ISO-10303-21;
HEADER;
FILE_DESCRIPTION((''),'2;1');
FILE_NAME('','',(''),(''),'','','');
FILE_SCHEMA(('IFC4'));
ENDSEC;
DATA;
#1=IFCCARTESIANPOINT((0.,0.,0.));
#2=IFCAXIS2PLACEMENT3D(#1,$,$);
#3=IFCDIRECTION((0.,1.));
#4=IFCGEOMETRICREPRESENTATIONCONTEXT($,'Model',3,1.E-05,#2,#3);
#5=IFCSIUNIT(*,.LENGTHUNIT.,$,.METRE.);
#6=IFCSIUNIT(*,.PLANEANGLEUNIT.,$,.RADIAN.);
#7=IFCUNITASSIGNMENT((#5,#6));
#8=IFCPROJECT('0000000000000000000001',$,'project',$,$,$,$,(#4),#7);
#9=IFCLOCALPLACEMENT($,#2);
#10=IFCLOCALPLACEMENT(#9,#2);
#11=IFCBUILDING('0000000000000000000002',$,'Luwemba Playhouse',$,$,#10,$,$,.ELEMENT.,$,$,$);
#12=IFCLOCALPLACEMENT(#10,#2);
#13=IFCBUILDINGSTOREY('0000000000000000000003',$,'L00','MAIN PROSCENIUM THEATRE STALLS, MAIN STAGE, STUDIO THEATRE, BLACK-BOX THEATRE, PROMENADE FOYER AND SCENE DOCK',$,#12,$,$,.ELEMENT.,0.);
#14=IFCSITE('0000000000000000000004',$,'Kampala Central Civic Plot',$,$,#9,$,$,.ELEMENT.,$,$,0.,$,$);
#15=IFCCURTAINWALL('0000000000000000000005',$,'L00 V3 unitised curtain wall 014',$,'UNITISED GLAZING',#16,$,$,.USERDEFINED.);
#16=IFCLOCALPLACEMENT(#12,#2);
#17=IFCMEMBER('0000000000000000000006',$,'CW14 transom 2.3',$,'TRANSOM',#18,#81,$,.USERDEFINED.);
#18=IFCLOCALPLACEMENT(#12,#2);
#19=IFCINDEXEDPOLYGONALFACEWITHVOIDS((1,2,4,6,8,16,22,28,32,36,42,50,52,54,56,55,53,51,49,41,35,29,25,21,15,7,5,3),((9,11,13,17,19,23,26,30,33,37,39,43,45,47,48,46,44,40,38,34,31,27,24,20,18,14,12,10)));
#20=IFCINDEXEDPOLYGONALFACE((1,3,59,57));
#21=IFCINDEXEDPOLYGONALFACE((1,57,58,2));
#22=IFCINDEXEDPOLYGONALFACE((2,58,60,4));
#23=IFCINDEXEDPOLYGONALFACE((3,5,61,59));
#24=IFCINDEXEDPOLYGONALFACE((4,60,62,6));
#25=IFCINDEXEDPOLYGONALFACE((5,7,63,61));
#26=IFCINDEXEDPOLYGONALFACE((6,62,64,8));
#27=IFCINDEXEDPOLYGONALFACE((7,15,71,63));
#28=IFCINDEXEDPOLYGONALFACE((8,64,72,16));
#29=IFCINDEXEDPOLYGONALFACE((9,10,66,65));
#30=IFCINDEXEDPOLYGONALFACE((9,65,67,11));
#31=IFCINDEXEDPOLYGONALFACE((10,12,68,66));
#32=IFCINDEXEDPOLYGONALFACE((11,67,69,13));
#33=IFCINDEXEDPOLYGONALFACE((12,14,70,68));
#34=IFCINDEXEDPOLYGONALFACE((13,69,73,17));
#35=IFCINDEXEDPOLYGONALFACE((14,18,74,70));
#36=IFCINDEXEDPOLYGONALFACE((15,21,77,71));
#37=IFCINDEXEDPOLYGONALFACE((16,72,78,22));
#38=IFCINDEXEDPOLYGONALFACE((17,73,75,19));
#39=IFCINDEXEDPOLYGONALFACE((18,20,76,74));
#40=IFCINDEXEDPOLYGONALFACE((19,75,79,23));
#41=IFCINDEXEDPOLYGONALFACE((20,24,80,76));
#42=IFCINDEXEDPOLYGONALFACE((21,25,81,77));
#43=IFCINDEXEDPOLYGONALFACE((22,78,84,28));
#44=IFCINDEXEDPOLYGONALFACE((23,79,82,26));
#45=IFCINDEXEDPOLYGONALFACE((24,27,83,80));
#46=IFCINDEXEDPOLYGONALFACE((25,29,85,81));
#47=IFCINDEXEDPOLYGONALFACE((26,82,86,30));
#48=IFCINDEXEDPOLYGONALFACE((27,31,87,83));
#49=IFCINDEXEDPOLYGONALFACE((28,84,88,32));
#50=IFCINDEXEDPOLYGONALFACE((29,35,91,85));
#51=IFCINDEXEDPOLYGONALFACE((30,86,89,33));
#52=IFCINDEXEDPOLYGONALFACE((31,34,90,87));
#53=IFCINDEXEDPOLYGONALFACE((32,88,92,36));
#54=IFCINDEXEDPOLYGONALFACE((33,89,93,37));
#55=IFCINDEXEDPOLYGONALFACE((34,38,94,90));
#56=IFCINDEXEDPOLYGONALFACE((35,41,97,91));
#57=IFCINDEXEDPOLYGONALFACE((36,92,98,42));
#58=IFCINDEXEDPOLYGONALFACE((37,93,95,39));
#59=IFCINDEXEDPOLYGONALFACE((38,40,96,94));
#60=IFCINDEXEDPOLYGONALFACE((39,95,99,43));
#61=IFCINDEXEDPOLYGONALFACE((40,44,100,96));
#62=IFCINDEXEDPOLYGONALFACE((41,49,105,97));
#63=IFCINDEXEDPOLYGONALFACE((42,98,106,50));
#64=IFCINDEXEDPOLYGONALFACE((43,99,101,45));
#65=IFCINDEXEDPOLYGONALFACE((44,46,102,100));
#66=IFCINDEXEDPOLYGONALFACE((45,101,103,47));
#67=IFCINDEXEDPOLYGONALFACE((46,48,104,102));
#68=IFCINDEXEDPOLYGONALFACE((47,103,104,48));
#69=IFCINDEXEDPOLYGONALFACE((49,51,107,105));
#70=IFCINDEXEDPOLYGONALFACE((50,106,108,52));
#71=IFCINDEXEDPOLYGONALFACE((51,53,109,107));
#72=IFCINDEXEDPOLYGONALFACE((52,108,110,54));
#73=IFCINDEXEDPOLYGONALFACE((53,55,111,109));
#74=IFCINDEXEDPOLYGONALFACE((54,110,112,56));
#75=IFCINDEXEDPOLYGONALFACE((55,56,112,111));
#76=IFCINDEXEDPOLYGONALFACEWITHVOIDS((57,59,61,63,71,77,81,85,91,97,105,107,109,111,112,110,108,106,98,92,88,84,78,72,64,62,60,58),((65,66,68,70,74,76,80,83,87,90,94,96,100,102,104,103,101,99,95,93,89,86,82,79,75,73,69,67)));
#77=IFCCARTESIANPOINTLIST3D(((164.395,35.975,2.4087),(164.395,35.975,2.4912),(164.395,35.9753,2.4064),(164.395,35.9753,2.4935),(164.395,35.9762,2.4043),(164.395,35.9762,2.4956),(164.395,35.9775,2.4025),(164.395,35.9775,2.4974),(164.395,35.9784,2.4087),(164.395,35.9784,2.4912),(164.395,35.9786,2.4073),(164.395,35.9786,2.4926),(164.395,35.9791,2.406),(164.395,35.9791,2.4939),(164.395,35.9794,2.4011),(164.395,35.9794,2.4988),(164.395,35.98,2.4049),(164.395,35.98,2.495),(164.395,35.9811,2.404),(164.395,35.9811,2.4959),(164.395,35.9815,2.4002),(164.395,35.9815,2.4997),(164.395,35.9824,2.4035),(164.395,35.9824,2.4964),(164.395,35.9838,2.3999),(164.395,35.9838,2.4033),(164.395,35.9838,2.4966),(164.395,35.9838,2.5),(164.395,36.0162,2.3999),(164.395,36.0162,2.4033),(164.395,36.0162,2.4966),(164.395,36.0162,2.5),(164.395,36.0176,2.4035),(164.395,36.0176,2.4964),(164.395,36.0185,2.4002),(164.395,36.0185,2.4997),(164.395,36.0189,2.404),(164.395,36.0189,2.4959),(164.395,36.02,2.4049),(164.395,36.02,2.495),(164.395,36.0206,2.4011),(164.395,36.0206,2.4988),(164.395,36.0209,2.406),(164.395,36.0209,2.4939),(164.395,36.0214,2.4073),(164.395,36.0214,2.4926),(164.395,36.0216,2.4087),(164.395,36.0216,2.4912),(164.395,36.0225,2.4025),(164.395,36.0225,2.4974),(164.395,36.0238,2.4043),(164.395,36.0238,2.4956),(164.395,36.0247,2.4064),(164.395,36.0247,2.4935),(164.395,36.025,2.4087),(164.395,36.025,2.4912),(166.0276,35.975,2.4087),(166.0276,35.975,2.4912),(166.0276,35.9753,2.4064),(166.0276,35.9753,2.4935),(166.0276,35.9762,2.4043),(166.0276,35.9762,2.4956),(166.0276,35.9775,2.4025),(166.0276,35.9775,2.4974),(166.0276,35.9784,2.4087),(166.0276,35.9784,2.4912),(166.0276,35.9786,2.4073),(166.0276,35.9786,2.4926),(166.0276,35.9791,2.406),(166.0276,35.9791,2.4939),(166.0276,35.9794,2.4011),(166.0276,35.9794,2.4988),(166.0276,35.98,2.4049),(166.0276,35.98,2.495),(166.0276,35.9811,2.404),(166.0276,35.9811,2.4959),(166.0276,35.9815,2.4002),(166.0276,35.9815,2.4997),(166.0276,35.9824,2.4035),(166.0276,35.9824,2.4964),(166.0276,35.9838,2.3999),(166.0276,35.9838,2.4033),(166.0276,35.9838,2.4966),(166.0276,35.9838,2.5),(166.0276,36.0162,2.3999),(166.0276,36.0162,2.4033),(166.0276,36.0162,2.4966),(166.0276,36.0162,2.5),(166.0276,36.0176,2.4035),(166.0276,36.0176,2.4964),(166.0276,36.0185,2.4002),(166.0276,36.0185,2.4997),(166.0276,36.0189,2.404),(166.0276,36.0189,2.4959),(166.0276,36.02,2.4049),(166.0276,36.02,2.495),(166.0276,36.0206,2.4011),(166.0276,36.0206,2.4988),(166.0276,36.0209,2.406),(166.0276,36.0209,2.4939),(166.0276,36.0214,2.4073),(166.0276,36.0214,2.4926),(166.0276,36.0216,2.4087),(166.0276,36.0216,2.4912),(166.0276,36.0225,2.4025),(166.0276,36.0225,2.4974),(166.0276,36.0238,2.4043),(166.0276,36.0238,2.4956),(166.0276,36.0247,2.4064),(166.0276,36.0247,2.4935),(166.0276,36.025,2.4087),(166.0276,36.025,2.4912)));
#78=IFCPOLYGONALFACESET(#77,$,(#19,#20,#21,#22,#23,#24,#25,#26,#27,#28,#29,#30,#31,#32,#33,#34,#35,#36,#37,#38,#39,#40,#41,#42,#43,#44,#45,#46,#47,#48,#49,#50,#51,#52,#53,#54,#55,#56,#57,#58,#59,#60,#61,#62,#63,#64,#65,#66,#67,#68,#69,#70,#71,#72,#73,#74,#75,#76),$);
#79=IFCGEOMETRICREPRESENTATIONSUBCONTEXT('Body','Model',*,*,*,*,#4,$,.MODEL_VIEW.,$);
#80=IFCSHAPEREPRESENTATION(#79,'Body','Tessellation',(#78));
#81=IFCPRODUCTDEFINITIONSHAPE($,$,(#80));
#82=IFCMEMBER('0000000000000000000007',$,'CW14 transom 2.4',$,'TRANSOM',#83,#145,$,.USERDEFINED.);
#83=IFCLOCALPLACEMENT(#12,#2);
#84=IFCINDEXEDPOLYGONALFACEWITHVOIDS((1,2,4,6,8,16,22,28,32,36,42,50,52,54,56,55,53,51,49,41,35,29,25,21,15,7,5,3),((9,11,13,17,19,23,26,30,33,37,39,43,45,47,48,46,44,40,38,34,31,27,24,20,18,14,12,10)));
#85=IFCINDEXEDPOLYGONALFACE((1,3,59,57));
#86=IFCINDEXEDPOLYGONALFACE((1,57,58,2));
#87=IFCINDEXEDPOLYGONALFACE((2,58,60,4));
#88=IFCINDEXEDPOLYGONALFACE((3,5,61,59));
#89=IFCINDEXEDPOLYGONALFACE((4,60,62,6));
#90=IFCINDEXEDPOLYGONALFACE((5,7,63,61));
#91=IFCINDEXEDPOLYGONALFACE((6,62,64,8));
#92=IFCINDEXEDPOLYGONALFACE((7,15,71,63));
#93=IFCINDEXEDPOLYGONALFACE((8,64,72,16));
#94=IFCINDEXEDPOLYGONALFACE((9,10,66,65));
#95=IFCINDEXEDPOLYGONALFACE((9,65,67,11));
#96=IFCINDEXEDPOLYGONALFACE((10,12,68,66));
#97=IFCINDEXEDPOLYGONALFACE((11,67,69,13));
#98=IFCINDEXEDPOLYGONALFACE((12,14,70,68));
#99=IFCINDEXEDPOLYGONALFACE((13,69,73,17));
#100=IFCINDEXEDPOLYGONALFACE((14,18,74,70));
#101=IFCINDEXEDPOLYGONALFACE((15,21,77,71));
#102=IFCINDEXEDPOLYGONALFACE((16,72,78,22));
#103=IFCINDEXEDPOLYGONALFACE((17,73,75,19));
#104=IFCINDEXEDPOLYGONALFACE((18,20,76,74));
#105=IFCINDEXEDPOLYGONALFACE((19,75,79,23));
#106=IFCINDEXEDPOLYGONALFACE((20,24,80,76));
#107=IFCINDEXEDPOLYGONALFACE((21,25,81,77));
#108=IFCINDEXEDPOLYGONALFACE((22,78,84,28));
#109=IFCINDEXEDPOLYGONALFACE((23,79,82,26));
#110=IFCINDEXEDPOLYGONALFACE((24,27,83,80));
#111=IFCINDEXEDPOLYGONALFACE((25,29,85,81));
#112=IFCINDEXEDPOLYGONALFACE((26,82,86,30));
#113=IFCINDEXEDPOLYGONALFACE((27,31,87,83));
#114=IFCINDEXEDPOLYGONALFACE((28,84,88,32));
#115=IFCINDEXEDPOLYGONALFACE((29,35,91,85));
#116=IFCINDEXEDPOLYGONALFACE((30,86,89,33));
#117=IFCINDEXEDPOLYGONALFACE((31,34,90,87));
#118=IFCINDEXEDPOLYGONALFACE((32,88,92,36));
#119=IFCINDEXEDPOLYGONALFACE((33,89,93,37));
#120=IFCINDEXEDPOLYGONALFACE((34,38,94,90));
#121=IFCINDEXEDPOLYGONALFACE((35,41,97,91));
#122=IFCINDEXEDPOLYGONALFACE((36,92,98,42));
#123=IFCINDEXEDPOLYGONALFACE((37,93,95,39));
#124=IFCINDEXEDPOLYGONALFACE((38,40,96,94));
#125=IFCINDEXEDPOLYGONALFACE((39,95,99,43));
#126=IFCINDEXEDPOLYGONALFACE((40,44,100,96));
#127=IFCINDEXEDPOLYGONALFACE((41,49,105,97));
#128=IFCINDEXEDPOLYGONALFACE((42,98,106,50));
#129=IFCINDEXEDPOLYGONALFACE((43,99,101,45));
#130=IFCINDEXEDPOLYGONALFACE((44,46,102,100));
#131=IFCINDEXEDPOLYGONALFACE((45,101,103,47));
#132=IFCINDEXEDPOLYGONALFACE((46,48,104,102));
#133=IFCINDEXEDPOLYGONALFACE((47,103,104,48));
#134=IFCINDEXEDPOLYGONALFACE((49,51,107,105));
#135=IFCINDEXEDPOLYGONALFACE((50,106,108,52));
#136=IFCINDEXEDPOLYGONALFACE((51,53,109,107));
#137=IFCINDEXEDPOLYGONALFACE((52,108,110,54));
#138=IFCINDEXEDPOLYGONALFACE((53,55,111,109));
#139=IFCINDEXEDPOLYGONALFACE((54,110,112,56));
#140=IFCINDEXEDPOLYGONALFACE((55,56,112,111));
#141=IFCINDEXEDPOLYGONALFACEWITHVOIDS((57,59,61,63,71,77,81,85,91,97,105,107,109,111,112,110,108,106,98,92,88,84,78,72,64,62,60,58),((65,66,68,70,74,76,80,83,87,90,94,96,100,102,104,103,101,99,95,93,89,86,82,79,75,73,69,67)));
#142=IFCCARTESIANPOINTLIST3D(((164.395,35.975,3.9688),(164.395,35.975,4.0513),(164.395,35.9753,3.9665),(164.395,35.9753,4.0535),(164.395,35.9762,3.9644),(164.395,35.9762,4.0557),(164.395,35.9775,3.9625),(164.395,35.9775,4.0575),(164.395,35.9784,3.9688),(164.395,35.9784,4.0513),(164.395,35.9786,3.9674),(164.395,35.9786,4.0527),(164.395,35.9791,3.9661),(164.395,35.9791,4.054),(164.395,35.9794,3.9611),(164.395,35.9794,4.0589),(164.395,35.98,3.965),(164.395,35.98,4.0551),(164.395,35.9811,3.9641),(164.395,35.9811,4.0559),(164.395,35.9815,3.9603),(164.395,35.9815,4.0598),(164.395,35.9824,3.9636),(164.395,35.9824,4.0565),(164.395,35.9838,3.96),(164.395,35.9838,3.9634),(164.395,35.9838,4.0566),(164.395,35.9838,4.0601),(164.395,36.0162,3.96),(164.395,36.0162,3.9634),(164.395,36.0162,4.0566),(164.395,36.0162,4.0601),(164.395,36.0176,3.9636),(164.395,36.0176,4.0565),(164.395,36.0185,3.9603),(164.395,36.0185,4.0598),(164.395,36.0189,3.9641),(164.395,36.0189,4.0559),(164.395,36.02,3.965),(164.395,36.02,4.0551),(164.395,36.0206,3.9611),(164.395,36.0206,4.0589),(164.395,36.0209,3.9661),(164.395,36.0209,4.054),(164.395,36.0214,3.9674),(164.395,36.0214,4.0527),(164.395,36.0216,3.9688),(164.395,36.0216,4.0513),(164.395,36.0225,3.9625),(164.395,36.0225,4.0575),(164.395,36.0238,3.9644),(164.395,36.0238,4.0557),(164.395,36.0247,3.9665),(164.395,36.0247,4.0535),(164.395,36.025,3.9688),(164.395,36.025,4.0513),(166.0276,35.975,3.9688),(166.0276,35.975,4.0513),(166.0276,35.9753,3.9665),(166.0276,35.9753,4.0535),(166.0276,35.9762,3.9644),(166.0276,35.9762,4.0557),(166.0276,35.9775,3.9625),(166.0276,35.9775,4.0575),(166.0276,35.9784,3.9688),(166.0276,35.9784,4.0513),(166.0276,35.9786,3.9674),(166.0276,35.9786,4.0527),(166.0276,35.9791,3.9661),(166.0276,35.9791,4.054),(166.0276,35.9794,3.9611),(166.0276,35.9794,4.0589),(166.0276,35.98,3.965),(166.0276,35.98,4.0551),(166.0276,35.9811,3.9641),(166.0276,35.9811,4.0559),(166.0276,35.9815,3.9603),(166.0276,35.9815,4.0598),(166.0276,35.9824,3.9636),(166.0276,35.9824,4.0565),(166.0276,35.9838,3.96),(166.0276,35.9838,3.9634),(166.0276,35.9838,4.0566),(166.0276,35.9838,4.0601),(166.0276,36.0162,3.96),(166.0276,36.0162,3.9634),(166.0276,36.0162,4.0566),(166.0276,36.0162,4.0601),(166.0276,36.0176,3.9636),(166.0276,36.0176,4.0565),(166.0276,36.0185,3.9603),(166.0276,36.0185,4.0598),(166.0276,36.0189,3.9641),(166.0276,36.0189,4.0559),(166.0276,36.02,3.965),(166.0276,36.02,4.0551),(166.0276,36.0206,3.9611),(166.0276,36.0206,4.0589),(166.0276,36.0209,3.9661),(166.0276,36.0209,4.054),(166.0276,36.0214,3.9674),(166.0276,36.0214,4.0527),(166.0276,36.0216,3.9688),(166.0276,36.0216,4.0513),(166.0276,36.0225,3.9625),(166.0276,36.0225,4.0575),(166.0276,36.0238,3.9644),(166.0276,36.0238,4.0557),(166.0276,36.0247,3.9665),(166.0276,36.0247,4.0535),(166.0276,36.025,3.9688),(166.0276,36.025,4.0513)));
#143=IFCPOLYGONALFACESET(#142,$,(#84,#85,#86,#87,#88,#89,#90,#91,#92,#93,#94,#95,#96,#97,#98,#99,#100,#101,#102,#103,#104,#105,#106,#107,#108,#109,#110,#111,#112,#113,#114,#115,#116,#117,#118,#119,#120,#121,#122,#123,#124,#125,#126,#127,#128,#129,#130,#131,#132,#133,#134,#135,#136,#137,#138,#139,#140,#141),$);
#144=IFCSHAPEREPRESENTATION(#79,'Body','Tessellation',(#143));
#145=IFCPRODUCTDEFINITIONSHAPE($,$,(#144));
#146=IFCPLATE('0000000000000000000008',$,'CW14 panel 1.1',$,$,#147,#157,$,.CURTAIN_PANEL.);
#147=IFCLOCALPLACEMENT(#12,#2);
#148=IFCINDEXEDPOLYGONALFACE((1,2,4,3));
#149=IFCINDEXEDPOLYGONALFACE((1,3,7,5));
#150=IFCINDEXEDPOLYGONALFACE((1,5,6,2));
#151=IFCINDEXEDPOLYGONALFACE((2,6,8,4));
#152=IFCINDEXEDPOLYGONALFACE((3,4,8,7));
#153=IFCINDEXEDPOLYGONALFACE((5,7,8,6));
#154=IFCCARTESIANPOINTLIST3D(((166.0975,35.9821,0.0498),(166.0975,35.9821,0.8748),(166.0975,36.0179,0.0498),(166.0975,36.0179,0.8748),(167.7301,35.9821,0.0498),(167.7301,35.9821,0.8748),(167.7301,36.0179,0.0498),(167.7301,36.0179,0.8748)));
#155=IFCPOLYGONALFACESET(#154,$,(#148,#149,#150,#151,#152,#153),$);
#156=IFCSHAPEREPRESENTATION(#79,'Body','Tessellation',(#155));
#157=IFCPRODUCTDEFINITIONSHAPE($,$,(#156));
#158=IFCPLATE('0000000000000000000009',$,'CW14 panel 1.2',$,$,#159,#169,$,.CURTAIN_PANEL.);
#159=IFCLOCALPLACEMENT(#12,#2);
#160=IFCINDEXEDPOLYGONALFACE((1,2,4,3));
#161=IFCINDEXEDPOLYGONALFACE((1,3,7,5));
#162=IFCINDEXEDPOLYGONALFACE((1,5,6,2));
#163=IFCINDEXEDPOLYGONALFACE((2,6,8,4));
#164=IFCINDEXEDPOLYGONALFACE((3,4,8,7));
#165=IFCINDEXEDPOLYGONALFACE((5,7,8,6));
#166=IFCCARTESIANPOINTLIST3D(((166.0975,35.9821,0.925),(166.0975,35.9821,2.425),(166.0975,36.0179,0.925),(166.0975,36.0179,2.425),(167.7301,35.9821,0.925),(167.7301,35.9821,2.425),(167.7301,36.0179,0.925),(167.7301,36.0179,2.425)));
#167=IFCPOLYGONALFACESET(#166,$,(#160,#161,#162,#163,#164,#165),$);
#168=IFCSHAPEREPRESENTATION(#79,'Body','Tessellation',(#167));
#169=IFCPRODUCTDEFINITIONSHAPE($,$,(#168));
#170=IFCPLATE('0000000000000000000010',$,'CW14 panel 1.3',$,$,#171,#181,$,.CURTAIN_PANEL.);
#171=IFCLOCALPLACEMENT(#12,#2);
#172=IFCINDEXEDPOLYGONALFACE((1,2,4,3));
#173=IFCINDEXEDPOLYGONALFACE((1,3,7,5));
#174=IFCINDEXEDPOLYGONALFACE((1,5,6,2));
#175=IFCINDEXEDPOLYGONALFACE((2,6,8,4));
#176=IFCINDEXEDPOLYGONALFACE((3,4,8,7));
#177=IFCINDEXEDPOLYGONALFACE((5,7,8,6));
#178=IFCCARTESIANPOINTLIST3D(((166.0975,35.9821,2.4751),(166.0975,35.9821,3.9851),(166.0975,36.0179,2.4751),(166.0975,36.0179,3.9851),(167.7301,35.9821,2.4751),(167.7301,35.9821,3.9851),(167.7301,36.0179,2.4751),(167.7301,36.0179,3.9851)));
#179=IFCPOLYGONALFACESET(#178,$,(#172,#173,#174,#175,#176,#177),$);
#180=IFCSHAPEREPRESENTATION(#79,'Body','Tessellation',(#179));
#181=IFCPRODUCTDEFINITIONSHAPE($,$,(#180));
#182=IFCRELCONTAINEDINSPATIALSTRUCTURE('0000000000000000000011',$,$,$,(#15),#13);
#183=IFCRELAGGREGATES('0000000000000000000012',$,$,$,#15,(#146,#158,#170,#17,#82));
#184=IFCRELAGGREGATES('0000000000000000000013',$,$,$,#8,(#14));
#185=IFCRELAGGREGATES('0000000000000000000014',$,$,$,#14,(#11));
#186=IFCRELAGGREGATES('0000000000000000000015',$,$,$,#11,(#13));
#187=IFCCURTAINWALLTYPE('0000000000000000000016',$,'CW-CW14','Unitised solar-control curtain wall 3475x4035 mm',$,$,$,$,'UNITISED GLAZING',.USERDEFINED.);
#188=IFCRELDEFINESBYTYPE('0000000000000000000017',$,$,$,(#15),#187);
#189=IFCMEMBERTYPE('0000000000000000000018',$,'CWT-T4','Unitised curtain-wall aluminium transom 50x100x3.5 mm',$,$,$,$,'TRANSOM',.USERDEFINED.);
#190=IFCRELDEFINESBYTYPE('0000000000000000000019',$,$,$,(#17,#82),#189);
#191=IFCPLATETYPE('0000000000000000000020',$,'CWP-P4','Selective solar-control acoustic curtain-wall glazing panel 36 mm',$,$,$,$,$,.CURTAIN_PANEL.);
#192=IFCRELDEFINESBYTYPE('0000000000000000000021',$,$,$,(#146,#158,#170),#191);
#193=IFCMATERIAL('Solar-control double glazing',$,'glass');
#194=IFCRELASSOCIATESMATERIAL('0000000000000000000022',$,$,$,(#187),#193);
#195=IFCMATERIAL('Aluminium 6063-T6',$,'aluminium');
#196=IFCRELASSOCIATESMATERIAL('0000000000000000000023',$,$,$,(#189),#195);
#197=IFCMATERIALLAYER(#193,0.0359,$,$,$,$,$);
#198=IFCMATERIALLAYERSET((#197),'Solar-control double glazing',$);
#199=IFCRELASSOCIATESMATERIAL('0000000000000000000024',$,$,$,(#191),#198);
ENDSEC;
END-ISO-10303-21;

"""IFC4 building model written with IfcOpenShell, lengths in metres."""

from ifc_helpers import new_model, si_unit, direction, frame, origin, origin_2d, place, context, subcontext, project, spatial, rectangle, hollow_rectangle, extrude, material, layer, layer_set, material_profile, profile_set, type_object, element, aggregate, save


model = new_model("IFC4")

# Units and contexts
model_context = context("Model", 3, precision=1e-05, world=origin(), true_north=direction((0.0, 1.0)))
body_context = subcontext(model_context, "Body", "Model", "MODEL_VIEW")
ifc_project = project(units=[si_unit("LENGTHUNIT", "METRE"), si_unit("PLANEANGLEUNIT", "RADIAN")], contexts=[model_context])

# Site, building, storey
site_placement = place(None, origin())
site = spatial("IfcSite", under=ifc_project, at=site_placement, Name="Kampala Central Civic Plot", CompositionType="ELEMENT", RefElevation=0.0)
building_placement = place(site_placement, origin())
building = spatial("IfcBuilding", under=site, at=building_placement, Name="Luwemba Playhouse", CompositionType="ELEMENT")
storey_placement = place(building_placement, origin())
storey = spatial("IfcBuildingStorey", under=building, at=storey_placement, Name="L00", Description="MAIN PROSCENIUM THEATRE STALLS, MAIN STAGE, STUDIO THEATRE, BLACK-BOX THEATRE, PROMENADE FOYER AND SCENE DOCK", CompositionType="ELEMENT", Elevation=0.0)

# Curtain wall, members, plates
ifc_material_1 = material(Name="Solar-control double glazing", Category="glass")
curtain_wall_type = type_object("IfcCurtainWallType", Name="CW-CW14", Description="Unitised solar-control curtain wall 3475x4035 mm", ElementType="UNITISED GLAZING", PredefinedType="USERDEFINED", material=ifc_material_1)
curtain_wall_placement = place(storey_placement, origin())
curtain_wall = element("IfcCurtainWall", 1, at=curtain_wall_placement, inside=storey, type_object=curtain_wall_type, Name="L00 V3 unitised curtain wall 014", ObjectType="UNITISED GLAZING", PredefinedType="USERDEFINED")
ifc_material_2 = material(Name="Aluminium 6063-T6", Category="aluminium")
ifc_material_profile_1 = material_profile(ifc_material_2, hollow_rectangle(XDim=0.05, YDim=0.1001, WallThickness=0.0034, InnerFilletRadius=0.0054, OuterFilletRadius=0.0088, at=origin_2d()))
ifc_profile_set_1 = profile_set([ifc_material_profile_1], Name="Aluminium 6063-T6")
member_type_1 = type_object("IfcMemberType", Name="CWT-T4", Description="Unitised curtain-wall aluminium transom 50x100x3.5 mm", ElementType="TRANSOM", PredefinedType="USERDEFINED", material=ifc_profile_set_1)
member_1_placement = place(storey_placement, frame((166.0276, 36.0, 2.45), z_axis=(-1.0, 0.0, 0.0), x_axis=(0.0, -1.0, 0.0)))
member_1 = element("IfcMember", 2, at=member_1_placement, type_object=member_type_1, Name="CW14 transom 2.3", ObjectType="TRANSOM", PredefinedType="USERDEFINED", context=body_context, shape_type="SweptSolid", body=[
    extrude(hollow_rectangle(XDim=0.05, YDim=0.1001, WallThickness=0.0034, InnerFilletRadius=0.0054, OuterFilletRadius=0.0088, at=origin_2d()), origin(), (0.0, 0.0, 1.0), 1.6326),
])
member_2_placement = place(storey_placement, frame((166.0276, 36.0, 4.01), z_axis=(-1.0, 0.0, 0.0), x_axis=(0.0, -1.0, 0.0)))
member_2 = element("IfcMember", 3, at=member_2_placement, type_object=member_type_1, Name="CW14 transom 2.4", ObjectType="TRANSOM", PredefinedType="USERDEFINED", context=body_context, shape_type="SweptSolid", body=[
    extrude(hollow_rectangle(XDim=0.05, YDim=0.1001, WallThickness=0.0034, InnerFilletRadius=0.0054, OuterFilletRadius=0.0088, at=origin_2d()), origin(), (0.0, 0.0, 1.0), 1.6326),
])
ifc_layer_1 = layer(ifc_material_1, 0.0359)
ifc_layer_set_1 = layer_set([ifc_layer_1], Name="Solar-control double glazing")
plate_type = type_object("IfcPlateType", Name="CWP-P4", Description="Selective solar-control acoustic curtain-wall glazing panel 36 mm", PredefinedType="CURTAIN_PANEL", material=ifc_layer_set_1)
plate_1_placement = place(storey_placement, frame((166.9138, 36.0, 0.0498), z_axis=(0.0, 0.0, 1.0), x_axis=(-1.0, 0.0, 0.0)))
plate_1 = element("IfcPlate", 4, at=plate_1_placement, type_object=plate_type, Name="CW14 panel 1.1", PredefinedType="CURTAIN_PANEL", context=body_context, shape_type="SweptSolid", body=[
    extrude(rectangle(XDim=1.6326, YDim=0.0359, at=origin_2d()), origin(), (0.0, 0.0, 1.0), 0.825),
])
plate_2_placement = place(storey_placement, frame((166.9138, 36.0, 0.925), z_axis=(0.0, 0.0, 1.0), x_axis=(-1.0, 0.0, 0.0)))
plate_2 = element("IfcPlate", 5, at=plate_2_placement, type_object=plate_type, Name="CW14 panel 1.2", PredefinedType="CURTAIN_PANEL", context=body_context, shape_type="SweptSolid", body=[
    extrude(rectangle(XDim=1.6326, YDim=0.0359, at=origin_2d()), origin(), (0.0, 0.0, 1.0), 1.5),
])
plate_3_placement = place(storey_placement, frame((166.9138, 36.0, 2.4751), z_axis=(0.0, 0.0, 1.0), x_axis=(-1.0, 0.0, 0.0)))
plate_3 = element("IfcPlate", 6, at=plate_3_placement, type_object=plate_type, Name="CW14 panel 1.3", PredefinedType="CURTAIN_PANEL", context=body_context, shape_type="SweptSolid", body=[
    extrude(rectangle(XDim=1.6326, YDim=0.0359, at=origin_2d()), origin(), (0.0, 0.0, 1.0), 1.51),
])
aggregate(curtain_wall, [plate_1, plate_2, plate_3, member_1, member_2])

save(model, "model.ifc")
